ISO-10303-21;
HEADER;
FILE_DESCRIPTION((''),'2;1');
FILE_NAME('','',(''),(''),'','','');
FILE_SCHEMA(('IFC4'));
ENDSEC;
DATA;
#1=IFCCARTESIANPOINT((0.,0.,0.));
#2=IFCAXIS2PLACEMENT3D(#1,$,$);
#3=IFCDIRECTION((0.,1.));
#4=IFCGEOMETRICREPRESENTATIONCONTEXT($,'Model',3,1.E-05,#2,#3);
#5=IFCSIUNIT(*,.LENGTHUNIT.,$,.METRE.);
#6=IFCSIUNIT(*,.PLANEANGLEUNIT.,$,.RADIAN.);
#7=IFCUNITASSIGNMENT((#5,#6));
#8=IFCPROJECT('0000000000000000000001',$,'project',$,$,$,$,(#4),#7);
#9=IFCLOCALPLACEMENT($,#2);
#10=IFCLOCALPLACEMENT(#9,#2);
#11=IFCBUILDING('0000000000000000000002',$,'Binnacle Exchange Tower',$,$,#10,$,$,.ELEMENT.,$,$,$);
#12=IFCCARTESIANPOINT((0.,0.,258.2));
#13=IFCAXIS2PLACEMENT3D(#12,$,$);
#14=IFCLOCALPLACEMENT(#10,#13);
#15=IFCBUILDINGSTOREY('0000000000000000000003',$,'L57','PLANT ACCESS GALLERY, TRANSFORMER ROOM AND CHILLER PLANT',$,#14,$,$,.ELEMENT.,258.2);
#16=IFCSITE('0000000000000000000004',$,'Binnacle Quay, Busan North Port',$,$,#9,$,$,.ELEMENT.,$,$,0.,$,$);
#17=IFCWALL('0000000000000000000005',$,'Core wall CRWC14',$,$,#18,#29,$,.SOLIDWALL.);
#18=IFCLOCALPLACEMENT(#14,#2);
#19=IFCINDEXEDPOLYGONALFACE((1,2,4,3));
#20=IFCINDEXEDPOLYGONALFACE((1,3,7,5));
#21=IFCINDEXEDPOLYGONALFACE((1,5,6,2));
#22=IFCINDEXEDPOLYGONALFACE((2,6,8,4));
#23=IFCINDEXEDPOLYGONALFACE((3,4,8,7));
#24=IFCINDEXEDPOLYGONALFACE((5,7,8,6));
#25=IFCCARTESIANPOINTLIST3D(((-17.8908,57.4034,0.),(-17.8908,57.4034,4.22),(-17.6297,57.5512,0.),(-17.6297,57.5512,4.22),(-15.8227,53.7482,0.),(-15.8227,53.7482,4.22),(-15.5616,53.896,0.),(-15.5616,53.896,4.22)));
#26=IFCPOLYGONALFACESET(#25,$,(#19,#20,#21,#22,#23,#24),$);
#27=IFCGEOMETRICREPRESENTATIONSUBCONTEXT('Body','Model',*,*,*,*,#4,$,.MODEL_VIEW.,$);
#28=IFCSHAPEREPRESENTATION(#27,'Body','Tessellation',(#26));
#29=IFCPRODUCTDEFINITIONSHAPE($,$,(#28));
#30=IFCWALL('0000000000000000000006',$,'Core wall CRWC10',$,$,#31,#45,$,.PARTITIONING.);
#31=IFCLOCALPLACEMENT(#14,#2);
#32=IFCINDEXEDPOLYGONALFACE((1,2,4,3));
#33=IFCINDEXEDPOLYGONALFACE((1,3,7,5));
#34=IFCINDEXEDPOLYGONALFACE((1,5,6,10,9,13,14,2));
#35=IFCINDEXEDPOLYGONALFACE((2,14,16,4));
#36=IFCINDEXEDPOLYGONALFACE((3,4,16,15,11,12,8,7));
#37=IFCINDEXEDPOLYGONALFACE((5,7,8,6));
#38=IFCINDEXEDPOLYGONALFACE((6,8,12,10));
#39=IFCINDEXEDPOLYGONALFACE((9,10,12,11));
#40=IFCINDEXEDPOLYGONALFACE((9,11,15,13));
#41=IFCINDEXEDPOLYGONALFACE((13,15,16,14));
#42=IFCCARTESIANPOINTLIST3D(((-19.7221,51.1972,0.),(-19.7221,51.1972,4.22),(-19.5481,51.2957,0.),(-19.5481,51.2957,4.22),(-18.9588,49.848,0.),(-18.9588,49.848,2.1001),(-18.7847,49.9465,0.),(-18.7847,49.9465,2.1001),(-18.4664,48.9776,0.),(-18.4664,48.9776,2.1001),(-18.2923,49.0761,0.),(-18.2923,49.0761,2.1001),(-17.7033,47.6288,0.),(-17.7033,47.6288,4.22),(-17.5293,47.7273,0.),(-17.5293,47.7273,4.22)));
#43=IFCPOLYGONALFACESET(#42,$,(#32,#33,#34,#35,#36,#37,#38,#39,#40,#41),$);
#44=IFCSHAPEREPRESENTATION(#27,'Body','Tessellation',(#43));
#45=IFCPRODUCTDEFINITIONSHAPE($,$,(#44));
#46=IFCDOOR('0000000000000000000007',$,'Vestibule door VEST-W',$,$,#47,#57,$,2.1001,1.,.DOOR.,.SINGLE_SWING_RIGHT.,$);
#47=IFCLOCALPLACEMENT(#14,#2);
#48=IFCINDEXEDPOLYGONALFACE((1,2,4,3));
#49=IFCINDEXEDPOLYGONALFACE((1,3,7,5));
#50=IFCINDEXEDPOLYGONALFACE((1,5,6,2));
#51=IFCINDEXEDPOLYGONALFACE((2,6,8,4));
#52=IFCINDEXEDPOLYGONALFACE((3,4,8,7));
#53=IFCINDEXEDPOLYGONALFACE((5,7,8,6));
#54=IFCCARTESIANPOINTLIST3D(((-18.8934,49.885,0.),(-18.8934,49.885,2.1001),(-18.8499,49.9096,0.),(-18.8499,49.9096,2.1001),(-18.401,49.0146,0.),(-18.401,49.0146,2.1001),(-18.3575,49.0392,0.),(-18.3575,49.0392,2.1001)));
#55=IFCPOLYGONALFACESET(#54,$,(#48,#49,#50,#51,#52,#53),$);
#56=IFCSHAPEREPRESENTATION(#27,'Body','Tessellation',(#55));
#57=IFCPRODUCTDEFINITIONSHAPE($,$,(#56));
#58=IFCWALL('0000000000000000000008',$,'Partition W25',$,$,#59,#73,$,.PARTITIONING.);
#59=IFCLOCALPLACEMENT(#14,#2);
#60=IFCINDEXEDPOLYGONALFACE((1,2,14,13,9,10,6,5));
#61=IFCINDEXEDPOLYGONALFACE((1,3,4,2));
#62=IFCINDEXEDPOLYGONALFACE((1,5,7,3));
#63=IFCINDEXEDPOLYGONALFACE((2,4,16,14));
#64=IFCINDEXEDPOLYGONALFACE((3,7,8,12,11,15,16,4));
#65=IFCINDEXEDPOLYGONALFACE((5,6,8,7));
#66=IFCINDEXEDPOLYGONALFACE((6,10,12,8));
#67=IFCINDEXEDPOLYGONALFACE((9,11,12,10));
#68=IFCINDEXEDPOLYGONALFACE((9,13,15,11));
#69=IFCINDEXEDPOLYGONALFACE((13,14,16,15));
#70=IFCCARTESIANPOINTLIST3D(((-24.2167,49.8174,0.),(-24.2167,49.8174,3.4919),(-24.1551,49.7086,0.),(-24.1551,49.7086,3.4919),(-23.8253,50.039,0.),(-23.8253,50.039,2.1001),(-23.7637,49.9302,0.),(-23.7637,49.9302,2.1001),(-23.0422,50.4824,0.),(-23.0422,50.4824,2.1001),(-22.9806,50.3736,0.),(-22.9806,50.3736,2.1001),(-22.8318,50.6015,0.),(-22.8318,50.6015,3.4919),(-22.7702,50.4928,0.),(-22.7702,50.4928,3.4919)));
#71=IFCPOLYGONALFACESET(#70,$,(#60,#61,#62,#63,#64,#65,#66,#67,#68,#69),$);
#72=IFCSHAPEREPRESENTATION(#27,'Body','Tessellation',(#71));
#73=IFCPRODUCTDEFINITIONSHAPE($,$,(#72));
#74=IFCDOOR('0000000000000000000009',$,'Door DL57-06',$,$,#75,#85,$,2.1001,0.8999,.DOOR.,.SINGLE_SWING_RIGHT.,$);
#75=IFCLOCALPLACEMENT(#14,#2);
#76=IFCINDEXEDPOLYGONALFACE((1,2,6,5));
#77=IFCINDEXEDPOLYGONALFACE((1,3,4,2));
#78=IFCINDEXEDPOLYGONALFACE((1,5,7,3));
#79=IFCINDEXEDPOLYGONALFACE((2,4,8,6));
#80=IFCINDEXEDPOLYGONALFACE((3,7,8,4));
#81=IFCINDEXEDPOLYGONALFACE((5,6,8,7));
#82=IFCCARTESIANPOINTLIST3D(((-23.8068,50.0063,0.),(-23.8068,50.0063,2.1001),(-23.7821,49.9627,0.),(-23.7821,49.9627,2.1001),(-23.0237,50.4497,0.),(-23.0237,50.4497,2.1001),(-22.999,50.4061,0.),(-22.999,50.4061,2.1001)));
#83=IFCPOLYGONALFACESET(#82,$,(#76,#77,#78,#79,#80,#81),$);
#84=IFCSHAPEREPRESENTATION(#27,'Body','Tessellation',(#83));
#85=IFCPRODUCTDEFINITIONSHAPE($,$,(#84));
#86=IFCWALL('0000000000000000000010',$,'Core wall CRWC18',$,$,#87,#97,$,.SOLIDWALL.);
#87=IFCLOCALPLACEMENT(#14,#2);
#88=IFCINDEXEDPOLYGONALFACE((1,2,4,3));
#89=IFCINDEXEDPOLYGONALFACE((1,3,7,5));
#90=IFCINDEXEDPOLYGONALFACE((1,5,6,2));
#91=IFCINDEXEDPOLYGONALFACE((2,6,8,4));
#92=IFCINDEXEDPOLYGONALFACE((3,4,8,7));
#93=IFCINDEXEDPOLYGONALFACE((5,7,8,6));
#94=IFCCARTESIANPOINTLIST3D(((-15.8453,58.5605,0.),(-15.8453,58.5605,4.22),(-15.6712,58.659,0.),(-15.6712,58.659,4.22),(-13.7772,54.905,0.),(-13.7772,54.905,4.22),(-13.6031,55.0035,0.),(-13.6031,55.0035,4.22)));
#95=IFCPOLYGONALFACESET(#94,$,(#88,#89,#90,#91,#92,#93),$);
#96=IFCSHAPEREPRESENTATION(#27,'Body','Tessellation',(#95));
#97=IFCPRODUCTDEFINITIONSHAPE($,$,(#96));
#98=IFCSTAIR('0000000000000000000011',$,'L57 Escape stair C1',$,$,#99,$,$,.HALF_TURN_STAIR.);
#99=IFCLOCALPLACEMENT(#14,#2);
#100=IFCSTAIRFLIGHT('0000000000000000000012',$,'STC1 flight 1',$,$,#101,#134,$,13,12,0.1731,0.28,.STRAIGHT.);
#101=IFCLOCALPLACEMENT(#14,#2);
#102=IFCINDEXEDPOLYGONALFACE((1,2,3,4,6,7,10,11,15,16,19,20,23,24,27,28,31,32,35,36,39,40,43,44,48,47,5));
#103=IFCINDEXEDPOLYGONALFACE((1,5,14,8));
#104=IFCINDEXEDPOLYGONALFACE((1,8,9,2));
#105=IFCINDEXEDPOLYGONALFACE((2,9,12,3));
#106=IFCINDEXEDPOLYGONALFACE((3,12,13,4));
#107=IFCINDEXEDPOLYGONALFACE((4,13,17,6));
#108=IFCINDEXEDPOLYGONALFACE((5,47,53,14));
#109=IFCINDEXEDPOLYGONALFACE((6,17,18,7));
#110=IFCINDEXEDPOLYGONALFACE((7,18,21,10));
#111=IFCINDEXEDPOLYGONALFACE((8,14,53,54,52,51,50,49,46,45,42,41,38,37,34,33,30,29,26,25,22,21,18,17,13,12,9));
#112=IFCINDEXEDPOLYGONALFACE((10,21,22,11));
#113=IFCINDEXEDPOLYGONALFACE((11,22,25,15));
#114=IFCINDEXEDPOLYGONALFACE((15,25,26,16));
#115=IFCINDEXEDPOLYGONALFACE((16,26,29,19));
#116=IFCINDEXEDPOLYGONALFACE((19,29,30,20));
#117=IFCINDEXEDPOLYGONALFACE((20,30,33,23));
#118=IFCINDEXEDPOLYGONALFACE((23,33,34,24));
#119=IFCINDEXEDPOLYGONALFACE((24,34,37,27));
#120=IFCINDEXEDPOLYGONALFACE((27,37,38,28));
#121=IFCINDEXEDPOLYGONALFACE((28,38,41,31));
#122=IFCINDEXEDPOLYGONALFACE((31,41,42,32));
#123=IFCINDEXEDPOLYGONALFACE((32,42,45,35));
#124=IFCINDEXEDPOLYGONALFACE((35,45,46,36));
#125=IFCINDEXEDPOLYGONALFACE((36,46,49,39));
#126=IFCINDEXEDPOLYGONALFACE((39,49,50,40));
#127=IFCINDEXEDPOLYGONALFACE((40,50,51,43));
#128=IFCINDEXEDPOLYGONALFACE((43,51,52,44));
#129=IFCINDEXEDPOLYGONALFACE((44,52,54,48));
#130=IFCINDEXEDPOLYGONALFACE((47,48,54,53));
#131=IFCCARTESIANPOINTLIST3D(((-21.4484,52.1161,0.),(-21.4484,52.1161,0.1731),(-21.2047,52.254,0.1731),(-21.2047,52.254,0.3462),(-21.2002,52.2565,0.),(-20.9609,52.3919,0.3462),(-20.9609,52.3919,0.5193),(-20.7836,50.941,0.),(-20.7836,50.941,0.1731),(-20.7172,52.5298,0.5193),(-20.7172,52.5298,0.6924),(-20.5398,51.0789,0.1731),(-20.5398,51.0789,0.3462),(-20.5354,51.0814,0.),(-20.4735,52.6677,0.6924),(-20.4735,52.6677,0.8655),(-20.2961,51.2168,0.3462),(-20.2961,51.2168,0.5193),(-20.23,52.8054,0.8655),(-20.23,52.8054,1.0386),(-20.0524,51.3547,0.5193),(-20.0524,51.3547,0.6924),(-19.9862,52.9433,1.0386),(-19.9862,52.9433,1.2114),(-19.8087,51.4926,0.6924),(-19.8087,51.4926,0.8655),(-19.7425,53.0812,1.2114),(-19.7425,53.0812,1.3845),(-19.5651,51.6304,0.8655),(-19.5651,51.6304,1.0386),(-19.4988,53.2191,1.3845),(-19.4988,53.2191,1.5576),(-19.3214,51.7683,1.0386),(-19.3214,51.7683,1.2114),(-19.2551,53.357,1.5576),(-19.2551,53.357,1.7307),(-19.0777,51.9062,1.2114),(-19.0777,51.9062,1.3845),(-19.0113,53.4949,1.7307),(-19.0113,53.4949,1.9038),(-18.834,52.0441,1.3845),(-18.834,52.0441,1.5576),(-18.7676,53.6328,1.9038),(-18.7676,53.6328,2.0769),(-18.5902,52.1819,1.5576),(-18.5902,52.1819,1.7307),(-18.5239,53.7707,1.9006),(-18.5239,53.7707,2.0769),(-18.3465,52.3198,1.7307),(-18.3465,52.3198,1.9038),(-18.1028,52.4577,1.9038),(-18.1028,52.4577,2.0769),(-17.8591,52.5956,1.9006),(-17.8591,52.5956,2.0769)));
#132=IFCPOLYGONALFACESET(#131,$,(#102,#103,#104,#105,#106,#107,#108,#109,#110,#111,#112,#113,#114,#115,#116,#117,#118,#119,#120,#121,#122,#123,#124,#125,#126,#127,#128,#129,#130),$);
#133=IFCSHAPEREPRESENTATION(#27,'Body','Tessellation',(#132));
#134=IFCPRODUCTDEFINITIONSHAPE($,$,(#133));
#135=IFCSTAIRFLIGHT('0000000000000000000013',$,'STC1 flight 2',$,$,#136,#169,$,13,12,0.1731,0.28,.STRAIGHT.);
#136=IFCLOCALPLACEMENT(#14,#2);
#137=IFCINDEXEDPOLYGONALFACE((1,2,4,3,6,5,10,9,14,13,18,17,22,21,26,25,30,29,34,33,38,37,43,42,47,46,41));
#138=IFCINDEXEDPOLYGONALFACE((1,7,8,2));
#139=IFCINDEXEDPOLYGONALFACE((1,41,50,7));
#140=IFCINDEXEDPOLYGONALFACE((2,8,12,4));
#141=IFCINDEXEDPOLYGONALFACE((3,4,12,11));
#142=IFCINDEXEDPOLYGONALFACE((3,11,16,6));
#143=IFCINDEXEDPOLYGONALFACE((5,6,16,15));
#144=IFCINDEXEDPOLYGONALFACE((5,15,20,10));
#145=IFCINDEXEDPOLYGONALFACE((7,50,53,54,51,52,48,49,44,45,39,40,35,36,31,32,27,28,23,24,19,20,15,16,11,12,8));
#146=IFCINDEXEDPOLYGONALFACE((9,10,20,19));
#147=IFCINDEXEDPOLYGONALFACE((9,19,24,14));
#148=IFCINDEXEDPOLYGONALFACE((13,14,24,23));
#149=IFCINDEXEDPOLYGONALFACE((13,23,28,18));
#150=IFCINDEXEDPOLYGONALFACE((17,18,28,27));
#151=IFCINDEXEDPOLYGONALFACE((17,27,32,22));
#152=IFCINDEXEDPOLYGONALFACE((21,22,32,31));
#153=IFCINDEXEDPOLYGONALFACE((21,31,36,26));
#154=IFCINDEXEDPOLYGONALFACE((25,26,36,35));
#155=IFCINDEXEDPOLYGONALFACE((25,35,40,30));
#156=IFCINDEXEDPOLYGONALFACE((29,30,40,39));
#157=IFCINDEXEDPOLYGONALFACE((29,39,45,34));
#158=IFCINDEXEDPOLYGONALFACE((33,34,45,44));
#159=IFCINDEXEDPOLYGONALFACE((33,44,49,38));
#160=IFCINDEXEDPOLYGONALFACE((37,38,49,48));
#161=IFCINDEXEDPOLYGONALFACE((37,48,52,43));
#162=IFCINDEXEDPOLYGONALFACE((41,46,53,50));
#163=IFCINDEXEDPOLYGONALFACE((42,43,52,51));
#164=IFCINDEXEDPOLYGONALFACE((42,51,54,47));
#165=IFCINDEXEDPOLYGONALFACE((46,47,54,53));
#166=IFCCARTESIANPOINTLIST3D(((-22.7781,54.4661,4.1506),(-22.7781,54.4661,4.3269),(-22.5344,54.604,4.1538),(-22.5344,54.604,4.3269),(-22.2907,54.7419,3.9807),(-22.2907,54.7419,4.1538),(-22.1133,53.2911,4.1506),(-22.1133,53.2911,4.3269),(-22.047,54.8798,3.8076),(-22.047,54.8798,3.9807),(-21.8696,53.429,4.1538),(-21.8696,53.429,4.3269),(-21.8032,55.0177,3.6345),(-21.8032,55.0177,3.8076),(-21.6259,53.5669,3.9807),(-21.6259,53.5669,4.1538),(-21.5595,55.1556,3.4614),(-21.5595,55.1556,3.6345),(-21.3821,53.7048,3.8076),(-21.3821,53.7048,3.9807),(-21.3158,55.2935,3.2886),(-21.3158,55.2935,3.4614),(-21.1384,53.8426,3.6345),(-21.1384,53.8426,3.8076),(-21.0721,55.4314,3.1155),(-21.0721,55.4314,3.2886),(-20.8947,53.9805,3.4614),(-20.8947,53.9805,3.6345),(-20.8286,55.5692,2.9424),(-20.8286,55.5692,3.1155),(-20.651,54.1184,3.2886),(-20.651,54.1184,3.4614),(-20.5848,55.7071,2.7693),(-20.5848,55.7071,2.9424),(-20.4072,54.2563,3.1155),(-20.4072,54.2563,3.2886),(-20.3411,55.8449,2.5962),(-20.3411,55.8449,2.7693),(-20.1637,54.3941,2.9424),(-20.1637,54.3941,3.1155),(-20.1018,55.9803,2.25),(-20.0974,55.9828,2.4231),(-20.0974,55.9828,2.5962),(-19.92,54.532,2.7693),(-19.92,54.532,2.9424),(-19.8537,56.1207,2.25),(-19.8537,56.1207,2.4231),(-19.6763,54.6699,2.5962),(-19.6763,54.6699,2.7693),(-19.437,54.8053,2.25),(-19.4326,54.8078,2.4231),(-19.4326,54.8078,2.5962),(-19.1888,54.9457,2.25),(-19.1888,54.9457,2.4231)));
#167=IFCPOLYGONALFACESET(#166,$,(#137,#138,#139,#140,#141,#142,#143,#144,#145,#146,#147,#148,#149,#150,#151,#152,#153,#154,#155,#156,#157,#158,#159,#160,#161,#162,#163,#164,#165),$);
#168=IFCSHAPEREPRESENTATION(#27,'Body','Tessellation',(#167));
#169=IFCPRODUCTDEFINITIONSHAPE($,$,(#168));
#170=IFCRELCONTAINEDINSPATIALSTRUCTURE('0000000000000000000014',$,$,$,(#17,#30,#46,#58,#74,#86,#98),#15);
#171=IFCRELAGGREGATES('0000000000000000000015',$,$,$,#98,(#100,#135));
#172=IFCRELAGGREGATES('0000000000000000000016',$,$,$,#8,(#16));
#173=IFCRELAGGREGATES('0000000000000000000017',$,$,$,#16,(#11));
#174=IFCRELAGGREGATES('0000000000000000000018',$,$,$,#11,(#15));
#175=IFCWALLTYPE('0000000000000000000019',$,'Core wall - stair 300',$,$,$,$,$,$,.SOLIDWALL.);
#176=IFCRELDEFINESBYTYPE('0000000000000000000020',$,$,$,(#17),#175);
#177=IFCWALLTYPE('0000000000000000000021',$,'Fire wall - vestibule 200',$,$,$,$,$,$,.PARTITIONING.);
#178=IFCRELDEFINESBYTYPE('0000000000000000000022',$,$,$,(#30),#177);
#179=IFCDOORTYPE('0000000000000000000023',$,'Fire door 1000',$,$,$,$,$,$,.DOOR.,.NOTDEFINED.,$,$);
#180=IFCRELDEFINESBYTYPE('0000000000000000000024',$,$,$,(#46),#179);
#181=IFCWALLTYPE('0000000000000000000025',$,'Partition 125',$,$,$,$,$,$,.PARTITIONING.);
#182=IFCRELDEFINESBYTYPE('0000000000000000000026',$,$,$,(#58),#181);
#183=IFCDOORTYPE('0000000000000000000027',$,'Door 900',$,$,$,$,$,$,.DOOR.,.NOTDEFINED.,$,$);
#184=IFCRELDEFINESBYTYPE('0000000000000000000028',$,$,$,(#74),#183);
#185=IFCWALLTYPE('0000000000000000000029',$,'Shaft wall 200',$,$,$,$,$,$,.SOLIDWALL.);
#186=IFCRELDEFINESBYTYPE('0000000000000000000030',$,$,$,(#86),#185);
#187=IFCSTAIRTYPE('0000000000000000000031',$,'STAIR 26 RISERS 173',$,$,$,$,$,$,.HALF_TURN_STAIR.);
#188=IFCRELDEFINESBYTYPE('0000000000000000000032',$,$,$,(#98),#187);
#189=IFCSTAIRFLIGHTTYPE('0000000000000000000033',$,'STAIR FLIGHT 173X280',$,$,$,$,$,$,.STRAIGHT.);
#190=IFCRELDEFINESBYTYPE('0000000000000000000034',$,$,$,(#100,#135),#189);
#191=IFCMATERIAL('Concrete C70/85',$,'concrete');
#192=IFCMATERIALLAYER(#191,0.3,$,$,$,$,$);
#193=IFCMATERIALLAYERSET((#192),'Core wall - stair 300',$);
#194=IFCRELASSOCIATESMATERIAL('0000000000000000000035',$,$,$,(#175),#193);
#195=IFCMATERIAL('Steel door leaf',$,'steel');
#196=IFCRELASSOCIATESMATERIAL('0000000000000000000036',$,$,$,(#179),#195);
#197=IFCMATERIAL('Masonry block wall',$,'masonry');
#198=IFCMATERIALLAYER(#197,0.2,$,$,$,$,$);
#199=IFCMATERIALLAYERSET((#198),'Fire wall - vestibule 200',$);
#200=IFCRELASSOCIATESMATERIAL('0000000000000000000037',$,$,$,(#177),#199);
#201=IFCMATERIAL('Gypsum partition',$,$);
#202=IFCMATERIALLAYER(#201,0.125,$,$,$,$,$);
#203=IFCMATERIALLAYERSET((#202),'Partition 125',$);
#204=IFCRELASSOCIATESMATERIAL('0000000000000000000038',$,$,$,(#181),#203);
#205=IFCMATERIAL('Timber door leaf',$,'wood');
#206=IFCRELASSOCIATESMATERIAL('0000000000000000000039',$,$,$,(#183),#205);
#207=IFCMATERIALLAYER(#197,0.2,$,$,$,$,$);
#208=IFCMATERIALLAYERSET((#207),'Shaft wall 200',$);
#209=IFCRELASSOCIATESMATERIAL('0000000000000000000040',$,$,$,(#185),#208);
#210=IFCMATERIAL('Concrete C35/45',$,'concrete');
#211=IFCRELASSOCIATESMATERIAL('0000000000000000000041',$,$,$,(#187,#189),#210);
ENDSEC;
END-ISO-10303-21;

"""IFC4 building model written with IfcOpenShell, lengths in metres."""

from ifc_helpers import new_model, si_unit, direction, frame, frame_2d, origin, place, context, subcontext, project, spatial, polyline, rectangle, outline, extrude, material, layer, layer_set, type_object, element, fill, aggregate, save


model = new_model("IFC4")

# Units and contexts
model_context = context("Model", 3, precision=1e-05, world=origin(), true_north=direction((0.0, 1.0)))
body_context = subcontext(model_context, "Body", "Model", "MODEL_VIEW")
ifc_project = project(units=[si_unit("LENGTHUNIT", "METRE"), si_unit("PLANEANGLEUNIT", "RADIAN")], contexts=[model_context])

# Site, building, storey
site_placement = place(None, origin())
site = spatial("IfcSite", under=ifc_project, at=site_placement, Name="Binnacle Quay, Busan North Port", CompositionType="ELEMENT", RefElevation=0.0)
building_placement = place(site_placement, origin())
building = spatial("IfcBuilding", under=site, at=building_placement, Name="Binnacle Exchange Tower", CompositionType="ELEMENT")
storey_placement = place(building_placement, frame((0.0, 0.0, 258.2)))
storey = spatial("IfcBuildingStorey", under=building, at=storey_placement, Name="L57", Description="PLANT ACCESS GALLERY, TRANSFORMER ROOM AND CHILLER PLANT", CompositionType="ELEMENT", Elevation=258.2)

# Shared definitions
ifc_material_1 = material(Name="Concrete C70/85", Category="concrete")
ifc_material_2 = material(Name="Steel door leaf", Category="steel")

# Shared definitions
ifc_layer_1 = layer(ifc_material_1, 0.3)
ifc_layer_set_1 = layer_set([ifc_layer_1], Name="Core wall - stair 300")
wall_type_1 = type_object("IfcWallType", Name="Core wall - stair 300", PredefinedType="SOLIDWALL", material=ifc_layer_set_1)
door_type_1 = type_object("IfcDoorType", Name="Fire door 1000", OperationType="NOTDEFINED", PredefinedType="DOOR", material=ifc_material_2)

# Wall
wall_1_placement = place(storey_placement, frame((-17.7603, 57.4773, 0.0), z_axis=(0.0, 0.0, 1.0), x_axis=(0.492435, -0.870349, 0.0)))
element("IfcWall", 1, at=wall_1_placement, inside=storey, type_object=wall_type_1, Name="Core wall CRWC14", PredefinedType="SOLIDWALL", context=body_context, shape_type="SweptSolid", body=[
    extrude(rectangle(XDim=4.1997, YDim=0.3, at=frame_2d((2.0999, 0.0))), origin(), (0.0, 0.0, 1.0), 4.22),
])

# Walls, openings, doors
ifc_material_3 = material(Name="Masonry block wall", Category="masonry")
ifc_layer_2 = layer(ifc_material_3, 0.2)
ifc_layer_set_2 = layer_set([ifc_layer_2], Name="Fire wall - vestibule 200")
wall_type_2 = type_object("IfcWallType", Name="Fire wall - vestibule 200", PredefinedType="PARTITIONING", material=ifc_layer_set_2)
wall_2_placement = place(storey_placement, frame((-19.635, 51.2463, 0.0), z_axis=(0.0, 0.0, 1.0), x_axis=(0.492408, -0.870364, 0.0)))
wall_2 = element("IfcWall", 2, at=wall_2_placement, inside=storey, type_object=wall_type_2, Name="Core wall CRWC10", PredefinedType="PARTITIONING", context=body_context, shape_type="SweptSolid", body=[
    extrude(rectangle(XDim=4.0999, YDim=0.2, at=frame_2d((2.0498, 0.0))), origin(), (0.0, 0.0, 1.0), 4.22),
])
opening_1_placement = place(wall_2_placement, frame((1.55, 0.0, 0.0)))
opening_1 = element("IfcOpeningElement", 3, at=opening_1_placement, cuts=wall_2, PredefinedType="OPENING", context=body_context, shape_type="SweptSolid", body=[
    extrude(rectangle(XDim=1.0, YDim=2.1001, at=frame_2d((0.5, 1.05))), frame((0.0, 0.1099, 0.0), z_axis=(0.0, -1.0, 0.0), x_axis=(1.0, 0.0, 0.0)), (0.0, 0.0, 1.0), 0.22),
])
door_1_placement = place(opening_1_placement, frame((1.0, 0.0, 0.0), z_axis=(0.0, 0.0, 1.0), x_axis=(-1.0, 0.0, 0.0)))
door_1 = element("IfcDoor", 4, at=door_1_placement, inside=storey, type_object=door_type_1, Name="Vestibule door VEST-W", OperationType="SINGLE_SWING_RIGHT", OverallHeight=2.1001, OverallWidth=1.0, PredefinedType="DOOR", context=body_context, shape_type="SweptSolid", body=[
    extrude(rectangle(XDim=1.0, YDim=2.1001, at=frame_2d((0.5, 1.05))), frame((0.0, 0.0249, 0.0), z_axis=(0.0, -1.0, 0.0), x_axis=(1.0, 0.0, 0.0)), (0.0, 0.0, 1.0), 0.05),
])
fill(opening_1, door_1)
ifc_material_4 = material(Name="Gypsum partition")
ifc_layer_3 = layer(ifc_material_4, 0.125)
ifc_layer_set_3 = layer_set([ifc_layer_3], Name="Partition 125")
wall_type_3 = type_object("IfcWallType", Name="Partition 125", PredefinedType="PARTITIONING", material=ifc_layer_set_3)
wall_3_placement = place(storey_placement, frame((-24.186, 49.7629, 0.0), z_axis=(0.0, 0.0, 1.0), x_axis=(0.8702, 0.492699, 0.0)))
wall_3 = element("IfcWall", 5, at=wall_3_placement, inside=storey, type_object=wall_type_3, Name="Partition W25", PredefinedType="PARTITIONING", context=body_context, shape_type="SweptSolid", body=[
    extrude(rectangle(XDim=1.5916, YDim=0.125, at=frame_2d((0.7959, 0.0))), origin(), (0.0, 0.0, 1.0), 3.4919),
])
opening_2_placement = place(wall_3_placement, frame((0.45, 0.0, 0.0)))
opening_2 = element("IfcOpeningElement", 6, at=opening_2_placement, cuts=wall_3, PredefinedType="OPENING", context=body_context, shape_type="SweptSolid", body=[
    extrude(rectangle(XDim=0.8999, YDim=2.1001, at=frame_2d((0.45, 1.05))), frame((0.0, 0.0725, 0.0), z_axis=(0.0, -1.0, 0.0), x_axis=(1.0, 0.0, 0.0)), (0.0, 0.0, 1.0), 0.145),
])
ifc_material_5 = material(Name="Timber door leaf", Category="wood")
door_type_2 = type_object("IfcDoorType", Name="Door 900", OperationType="NOTDEFINED", PredefinedType="DOOR", material=ifc_material_5)
door_2_placement = place(opening_2_placement, origin())
door_2 = element("IfcDoor", 7, at=door_2_placement, inside=storey, type_object=door_type_2, Name="Door DL57-06", OperationType="SINGLE_SWING_RIGHT", OverallHeight=2.1001, OverallWidth=0.8999, PredefinedType="DOOR", context=body_context, shape_type="SweptSolid", body=[
    extrude(rectangle(XDim=0.8999, YDim=2.1001, at=frame_2d((0.45, 1.05))), frame((0.0, 0.0249, 0.0), z_axis=(0.0, -1.0, 0.0), x_axis=(1.0, 0.0, 0.0)), (0.0, 0.0, 1.0), 0.05),
])
fill(opening_2, door_2)

# Wall
ifc_layer_4 = layer(ifc_material_3, 0.2)
ifc_layer_set_4 = layer_set([ifc_layer_4], Name="Shaft wall 200")
wall_type_4 = type_object("IfcWallType", Name="Shaft wall 200", PredefinedType="SOLIDWALL", material=ifc_layer_set_4)
wall_4_placement = place(storey_placement, frame((-15.7583, 58.6099, 0.0), z_axis=(0.0, 0.0, 1.0), x_axis=(0.49241, -0.870364, 0.0)))
element("IfcWall", 8, at=wall_4_placement, inside=storey, type_object=wall_type_4, Name="Core wall CRWC18", PredefinedType="SOLIDWALL", context=body_context, shape_type="SweptSolid", body=[
    extrude(rectangle(XDim=4.2, YDim=0.2, at=frame_2d((2.1001, 0.0))), origin(), (0.0, 0.0, 1.0), 4.22),
])

# Stair, stair flights
ifc_material_6 = material(Name="Concrete C35/45", Category="concrete")
stair_type = type_object("IfcStairType", Name="STAIR 26 RISERS 173", PredefinedType="HALF_TURN_STAIR", material=ifc_material_6)
stair_placement = place(storey_placement, origin())
stair = element("IfcStair", 9, at=stair_placement, inside=storey, type_object=stair_type, Name="L57 Escape stair C1", PredefinedType="HALF_TURN_STAIR")
stair_flight_type = type_object("IfcStairFlightType", Name="STAIR FLIGHT 173X280", PredefinedType="STRAIGHT", material=ifc_material_6)
stair_flight_1_placement = place(storey_placement, frame((-21.116, 51.5286, 0.0), z_axis=(0.0, 0.0, 1.0), x_axis=(0.870356, 0.492424, 0.0)))
stair_flight_1 = element("IfcStairFlight", 10, at=stair_flight_1_placement, type_object=stair_flight_type, Name="STC1 flight 1", NumberOfRisers=13, NumberOfTreads=12, PredefinedType="STRAIGHT", RiserHeight=0.1731, TreadLength=0.28, context=body_context, shape_type="SweptSolid", body=[
    extrude(outline(polyline([(0.0, 0.0), (0.0, 0.1731), (0.28, 0.1731), (0.28, 0.3462), (0.5601, 0.3462), (0.5601, 0.5193), (0.8401, 0.5193), (0.8401, 0.6924), (1.1201, 0.6924), (1.1201, 0.8655), (1.3999, 0.8655), (1.3999, 1.0386), (1.6799, 1.0386), (1.6799, 1.2114), (1.96, 1.2114), (1.96, 1.3845), (2.24, 1.3845), (2.24, 1.5576), (2.52, 1.5576), (2.52, 1.7307), (2.8, 1.7307), (2.8, 1.9038), (3.0801, 1.9038), (3.0801, 2.0769), (3.3601, 2.0769), (3.3601, 2.25), (3.3601, 1.9006), (0.2852, 0.0), (0.0, 0.0)])), frame((0.0, 0.675, 0.0), z_axis=(0.0, -1.0, 0.0), x_axis=(1.0, 0.0, 0.0)), (0.0, 0.0, 1.0), 1.3501),
])
stair_flight_2_placement = place(storey_placement, frame((-19.5212, 55.5332, 2.25), z_axis=(0.0, 0.0, 1.0), x_axis=(-0.870356, -0.492424, 0.0)))
stair_flight_2 = element("IfcStairFlight", 11, at=stair_flight_2_placement, type_object=stair_flight_type, Name="STC1 flight 2", NumberOfRisers=13, NumberOfTreads=12, PredefinedType="STRAIGHT", RiserHeight=0.1731, TreadLength=0.28, context=body_context, shape_type="SweptSolid", body=[
    extrude(outline(polyline([(0.0, 0.0), (0.0, 0.1731), (0.28, 0.1731), (0.28, 0.3462), (0.5601, 0.3462), (0.5601, 0.5193), (0.8401, 0.5193), (0.8401, 0.6924), (1.1201, 0.6924), (1.1201, 0.8655), (1.3999, 0.8655), (1.3999, 1.0386), (1.6799, 1.0386), (1.6799, 1.2114), (1.96, 1.2114), (1.96, 1.3845), (2.24, 1.3845), (2.24, 1.5576), (2.52, 1.5576), (2.52, 1.7307), (2.8, 1.7307), (2.8, 1.9038), (3.0801, 1.9038), (3.0801, 2.0769), (3.3601, 2.0769), (3.3601, 2.25), (3.3601, 1.9006), (0.2852, 0.0), (0.0, 0.0)])), frame((0.0, 0.675, 0.0), z_axis=(0.0, -1.0, 0.0), x_axis=(1.0, 0.0, 0.0)), (0.0, 0.0, 1.0), 1.3501),
])
aggregate(stair, [stair_flight_1, stair_flight_2])

save(model, "model.ifc")
